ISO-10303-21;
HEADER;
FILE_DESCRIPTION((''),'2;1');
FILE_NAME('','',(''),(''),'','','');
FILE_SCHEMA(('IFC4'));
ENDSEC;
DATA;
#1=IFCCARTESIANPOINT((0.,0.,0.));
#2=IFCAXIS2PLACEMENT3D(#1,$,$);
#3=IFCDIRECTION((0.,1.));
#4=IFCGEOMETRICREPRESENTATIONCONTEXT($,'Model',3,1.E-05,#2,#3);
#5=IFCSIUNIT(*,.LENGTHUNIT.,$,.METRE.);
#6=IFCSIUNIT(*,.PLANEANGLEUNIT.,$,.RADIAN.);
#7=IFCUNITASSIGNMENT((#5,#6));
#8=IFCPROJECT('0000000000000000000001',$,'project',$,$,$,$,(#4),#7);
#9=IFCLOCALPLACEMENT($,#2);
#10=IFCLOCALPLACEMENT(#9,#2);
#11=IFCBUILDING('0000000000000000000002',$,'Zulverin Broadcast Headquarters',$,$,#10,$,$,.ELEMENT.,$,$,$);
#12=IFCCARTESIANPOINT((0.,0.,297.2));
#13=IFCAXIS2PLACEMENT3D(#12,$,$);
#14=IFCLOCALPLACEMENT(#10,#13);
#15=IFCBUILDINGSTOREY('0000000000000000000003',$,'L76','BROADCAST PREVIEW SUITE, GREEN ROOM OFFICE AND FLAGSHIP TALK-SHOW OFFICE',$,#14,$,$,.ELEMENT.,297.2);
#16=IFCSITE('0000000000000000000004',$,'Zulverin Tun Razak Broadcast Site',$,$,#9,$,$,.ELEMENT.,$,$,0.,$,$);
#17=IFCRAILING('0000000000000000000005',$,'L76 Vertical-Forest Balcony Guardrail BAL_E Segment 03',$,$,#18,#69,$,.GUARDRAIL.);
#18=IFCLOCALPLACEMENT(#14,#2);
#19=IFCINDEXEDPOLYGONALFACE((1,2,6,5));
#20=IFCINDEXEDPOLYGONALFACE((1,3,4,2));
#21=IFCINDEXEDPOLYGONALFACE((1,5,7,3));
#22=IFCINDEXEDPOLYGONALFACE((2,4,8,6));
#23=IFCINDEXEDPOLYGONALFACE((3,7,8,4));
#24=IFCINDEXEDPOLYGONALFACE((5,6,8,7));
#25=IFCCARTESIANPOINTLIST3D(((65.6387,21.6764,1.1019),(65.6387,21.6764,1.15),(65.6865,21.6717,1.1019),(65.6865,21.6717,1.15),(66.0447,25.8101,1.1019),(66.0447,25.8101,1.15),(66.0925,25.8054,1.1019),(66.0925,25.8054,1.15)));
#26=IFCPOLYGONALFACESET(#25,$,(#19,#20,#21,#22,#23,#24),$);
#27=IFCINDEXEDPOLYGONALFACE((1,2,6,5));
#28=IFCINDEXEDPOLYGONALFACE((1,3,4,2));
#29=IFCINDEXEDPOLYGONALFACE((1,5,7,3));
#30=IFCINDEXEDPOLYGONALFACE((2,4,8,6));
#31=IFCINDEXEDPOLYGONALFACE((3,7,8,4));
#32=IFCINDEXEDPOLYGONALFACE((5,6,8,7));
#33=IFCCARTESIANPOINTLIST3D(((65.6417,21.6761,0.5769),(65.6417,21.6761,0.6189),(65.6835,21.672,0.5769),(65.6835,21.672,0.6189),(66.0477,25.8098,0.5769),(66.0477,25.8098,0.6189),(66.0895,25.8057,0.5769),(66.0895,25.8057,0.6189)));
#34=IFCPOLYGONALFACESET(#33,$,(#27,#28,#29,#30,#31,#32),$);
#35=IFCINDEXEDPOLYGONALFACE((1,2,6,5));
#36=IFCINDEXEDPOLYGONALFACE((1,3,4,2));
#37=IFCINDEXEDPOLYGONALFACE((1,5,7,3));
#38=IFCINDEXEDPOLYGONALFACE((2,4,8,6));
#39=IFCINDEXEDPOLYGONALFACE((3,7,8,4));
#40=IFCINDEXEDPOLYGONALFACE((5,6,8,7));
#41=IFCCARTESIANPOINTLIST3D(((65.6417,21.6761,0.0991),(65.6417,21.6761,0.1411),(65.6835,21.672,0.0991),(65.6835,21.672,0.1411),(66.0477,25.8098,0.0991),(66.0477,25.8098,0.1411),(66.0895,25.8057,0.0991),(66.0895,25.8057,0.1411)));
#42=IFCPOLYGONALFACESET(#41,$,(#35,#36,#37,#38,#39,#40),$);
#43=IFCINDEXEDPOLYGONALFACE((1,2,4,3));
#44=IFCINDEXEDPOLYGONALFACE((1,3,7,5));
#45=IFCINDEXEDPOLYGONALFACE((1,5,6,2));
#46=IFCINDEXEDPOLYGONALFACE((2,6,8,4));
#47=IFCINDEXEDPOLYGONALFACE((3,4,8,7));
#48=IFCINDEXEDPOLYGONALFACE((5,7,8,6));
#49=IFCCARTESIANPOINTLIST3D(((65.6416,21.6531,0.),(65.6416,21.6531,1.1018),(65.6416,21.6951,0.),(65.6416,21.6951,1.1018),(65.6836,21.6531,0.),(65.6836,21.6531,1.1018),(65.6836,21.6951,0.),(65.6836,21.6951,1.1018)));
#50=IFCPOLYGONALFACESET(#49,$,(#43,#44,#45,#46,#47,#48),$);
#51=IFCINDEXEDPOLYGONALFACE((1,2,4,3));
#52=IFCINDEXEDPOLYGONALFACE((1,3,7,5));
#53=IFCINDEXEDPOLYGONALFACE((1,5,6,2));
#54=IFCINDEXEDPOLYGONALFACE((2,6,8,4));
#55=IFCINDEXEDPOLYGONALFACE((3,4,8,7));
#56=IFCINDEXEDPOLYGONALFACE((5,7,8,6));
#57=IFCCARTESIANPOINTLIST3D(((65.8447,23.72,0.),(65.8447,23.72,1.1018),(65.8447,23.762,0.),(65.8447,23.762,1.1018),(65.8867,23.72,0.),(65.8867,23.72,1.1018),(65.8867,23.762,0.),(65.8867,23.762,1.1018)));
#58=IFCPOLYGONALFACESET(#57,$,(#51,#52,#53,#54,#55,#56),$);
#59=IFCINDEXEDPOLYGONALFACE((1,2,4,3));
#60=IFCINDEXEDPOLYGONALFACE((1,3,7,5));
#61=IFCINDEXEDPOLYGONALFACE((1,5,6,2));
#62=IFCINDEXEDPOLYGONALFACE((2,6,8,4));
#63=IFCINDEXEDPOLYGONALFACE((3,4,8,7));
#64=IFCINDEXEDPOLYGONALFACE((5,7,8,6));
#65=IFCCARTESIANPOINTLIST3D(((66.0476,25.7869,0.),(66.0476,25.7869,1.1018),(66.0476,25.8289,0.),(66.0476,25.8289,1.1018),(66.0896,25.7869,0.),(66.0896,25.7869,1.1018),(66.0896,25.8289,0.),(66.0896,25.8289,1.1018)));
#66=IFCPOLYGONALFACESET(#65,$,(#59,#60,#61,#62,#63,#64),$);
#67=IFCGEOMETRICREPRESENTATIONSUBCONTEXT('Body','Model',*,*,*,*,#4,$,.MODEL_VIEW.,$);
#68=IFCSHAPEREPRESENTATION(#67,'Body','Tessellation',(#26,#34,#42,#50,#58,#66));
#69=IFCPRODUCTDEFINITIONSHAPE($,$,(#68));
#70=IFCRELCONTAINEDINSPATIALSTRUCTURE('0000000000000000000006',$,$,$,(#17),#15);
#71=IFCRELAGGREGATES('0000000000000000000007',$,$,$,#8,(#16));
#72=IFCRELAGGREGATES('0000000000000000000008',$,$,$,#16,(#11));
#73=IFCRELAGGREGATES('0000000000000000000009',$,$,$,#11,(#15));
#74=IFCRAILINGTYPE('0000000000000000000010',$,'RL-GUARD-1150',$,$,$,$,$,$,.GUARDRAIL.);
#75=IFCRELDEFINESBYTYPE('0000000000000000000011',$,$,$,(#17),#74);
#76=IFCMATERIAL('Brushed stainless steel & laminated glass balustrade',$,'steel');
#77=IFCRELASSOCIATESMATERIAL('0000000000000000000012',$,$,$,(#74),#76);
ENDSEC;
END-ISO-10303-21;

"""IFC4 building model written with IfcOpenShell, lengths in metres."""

from ifc_helpers import new_model, si_unit, direction, frame, origin, origin_2d, place, context, subcontext, project, spatial, rectangle, extrude, material, type_object, element, save


model = new_model("IFC4")

# Units and contexts
model_context = context("Model", 3, precision=1e-05, world=origin(), true_north=direction((0.0, 1.0)))
body_context = subcontext(model_context, "Body", "Model", "MODEL_VIEW")
ifc_project = project(units=[si_unit("LENGTHUNIT", "METRE"), si_unit("PLANEANGLEUNIT", "RADIAN")], contexts=[model_context])

# Site, building, storey
site_placement = place(None, origin())
site = spatial("IfcSite", under=ifc_project, at=site_placement, Name="Zulverin Tun Razak Broadcast Site", CompositionType="ELEMENT", RefElevation=0.0)
building_placement = place(site_placement, origin())
building = spatial("IfcBuilding", under=site, at=building_placement, Name="Zulverin Broadcast Headquarters", CompositionType="ELEMENT")
storey_placement = place(building_placement, frame((0.0, 0.0, 297.2)))
storey = spatial("IfcBuildingStorey", under=building, at=storey_placement, Name="L76", Description="BROADCAST PREVIEW SUITE, GREEN ROOM OFFICE AND FLAGSHIP TALK-SHOW OFFICE", CompositionType="ELEMENT", Elevation=297.2)

# Railing
ifc_material_1 = material(Name="Brushed stainless steel & laminated glass balustrade", Category="steel")
railing_type = type_object("IfcRailingType", Name="RL-GUARD-1150", PredefinedType="GUARDRAIL", material=ifc_material_1)
railing_1_placement = place(storey_placement, frame((65.6626, 21.6741, 0.0)))
element("IfcRailing", 1, at=railing_1_placement, inside=storey, type_object=railing_type, Name="L76 Vertical-Forest Balcony Guardrail BAL_E Segment 03", PredefinedType="GUARDRAIL", context=body_context, shape_type="SweptSolid", body=[
    extrude(rectangle(XDim=0.0481, YDim=0.0481, at=origin_2d()), frame((0.0, 0.0, 1.126), z_axis=(0.097746, 0.995211, 0.0), x_axis=(-0.995211, 0.097746, 0.0)), (0.0, 0.0, 1.0), 4.1536),
    extrude(rectangle(XDim=0.042, YDim=0.042, at=origin_2d()), frame((0.0, 0.0, 0.5979), z_axis=(0.097746, 0.995211, 0.0), x_axis=(-0.995211, 0.097746, 0.0)), (0.0, 0.0, 1.0), 4.1536),
    extrude(rectangle(XDim=0.042, YDim=0.042, at=origin_2d()), frame((0.0, 0.0, 0.1201), z_axis=(0.097746, 0.995211, 0.0), x_axis=(-0.995211, 0.097746, 0.0)), (0.0, 0.0, 1.0), 4.1536),
    extrude(rectangle(XDim=0.042, YDim=0.042, at=origin_2d()), origin(), (0.0, 0.0, 1.0), 1.1018),
    extrude(rectangle(XDim=0.042, YDim=0.042, at=origin_2d()), frame((0.2031, 2.0669, 0.0)), (0.0, 0.0, 1.0), 1.1018),
    extrude(rectangle(XDim=0.042, YDim=0.042, at=origin_2d()), frame((0.406, 4.1338, 0.0)), (0.0, 0.0, 1.0), 1.1018),
])

save(model, "model.ifc")
